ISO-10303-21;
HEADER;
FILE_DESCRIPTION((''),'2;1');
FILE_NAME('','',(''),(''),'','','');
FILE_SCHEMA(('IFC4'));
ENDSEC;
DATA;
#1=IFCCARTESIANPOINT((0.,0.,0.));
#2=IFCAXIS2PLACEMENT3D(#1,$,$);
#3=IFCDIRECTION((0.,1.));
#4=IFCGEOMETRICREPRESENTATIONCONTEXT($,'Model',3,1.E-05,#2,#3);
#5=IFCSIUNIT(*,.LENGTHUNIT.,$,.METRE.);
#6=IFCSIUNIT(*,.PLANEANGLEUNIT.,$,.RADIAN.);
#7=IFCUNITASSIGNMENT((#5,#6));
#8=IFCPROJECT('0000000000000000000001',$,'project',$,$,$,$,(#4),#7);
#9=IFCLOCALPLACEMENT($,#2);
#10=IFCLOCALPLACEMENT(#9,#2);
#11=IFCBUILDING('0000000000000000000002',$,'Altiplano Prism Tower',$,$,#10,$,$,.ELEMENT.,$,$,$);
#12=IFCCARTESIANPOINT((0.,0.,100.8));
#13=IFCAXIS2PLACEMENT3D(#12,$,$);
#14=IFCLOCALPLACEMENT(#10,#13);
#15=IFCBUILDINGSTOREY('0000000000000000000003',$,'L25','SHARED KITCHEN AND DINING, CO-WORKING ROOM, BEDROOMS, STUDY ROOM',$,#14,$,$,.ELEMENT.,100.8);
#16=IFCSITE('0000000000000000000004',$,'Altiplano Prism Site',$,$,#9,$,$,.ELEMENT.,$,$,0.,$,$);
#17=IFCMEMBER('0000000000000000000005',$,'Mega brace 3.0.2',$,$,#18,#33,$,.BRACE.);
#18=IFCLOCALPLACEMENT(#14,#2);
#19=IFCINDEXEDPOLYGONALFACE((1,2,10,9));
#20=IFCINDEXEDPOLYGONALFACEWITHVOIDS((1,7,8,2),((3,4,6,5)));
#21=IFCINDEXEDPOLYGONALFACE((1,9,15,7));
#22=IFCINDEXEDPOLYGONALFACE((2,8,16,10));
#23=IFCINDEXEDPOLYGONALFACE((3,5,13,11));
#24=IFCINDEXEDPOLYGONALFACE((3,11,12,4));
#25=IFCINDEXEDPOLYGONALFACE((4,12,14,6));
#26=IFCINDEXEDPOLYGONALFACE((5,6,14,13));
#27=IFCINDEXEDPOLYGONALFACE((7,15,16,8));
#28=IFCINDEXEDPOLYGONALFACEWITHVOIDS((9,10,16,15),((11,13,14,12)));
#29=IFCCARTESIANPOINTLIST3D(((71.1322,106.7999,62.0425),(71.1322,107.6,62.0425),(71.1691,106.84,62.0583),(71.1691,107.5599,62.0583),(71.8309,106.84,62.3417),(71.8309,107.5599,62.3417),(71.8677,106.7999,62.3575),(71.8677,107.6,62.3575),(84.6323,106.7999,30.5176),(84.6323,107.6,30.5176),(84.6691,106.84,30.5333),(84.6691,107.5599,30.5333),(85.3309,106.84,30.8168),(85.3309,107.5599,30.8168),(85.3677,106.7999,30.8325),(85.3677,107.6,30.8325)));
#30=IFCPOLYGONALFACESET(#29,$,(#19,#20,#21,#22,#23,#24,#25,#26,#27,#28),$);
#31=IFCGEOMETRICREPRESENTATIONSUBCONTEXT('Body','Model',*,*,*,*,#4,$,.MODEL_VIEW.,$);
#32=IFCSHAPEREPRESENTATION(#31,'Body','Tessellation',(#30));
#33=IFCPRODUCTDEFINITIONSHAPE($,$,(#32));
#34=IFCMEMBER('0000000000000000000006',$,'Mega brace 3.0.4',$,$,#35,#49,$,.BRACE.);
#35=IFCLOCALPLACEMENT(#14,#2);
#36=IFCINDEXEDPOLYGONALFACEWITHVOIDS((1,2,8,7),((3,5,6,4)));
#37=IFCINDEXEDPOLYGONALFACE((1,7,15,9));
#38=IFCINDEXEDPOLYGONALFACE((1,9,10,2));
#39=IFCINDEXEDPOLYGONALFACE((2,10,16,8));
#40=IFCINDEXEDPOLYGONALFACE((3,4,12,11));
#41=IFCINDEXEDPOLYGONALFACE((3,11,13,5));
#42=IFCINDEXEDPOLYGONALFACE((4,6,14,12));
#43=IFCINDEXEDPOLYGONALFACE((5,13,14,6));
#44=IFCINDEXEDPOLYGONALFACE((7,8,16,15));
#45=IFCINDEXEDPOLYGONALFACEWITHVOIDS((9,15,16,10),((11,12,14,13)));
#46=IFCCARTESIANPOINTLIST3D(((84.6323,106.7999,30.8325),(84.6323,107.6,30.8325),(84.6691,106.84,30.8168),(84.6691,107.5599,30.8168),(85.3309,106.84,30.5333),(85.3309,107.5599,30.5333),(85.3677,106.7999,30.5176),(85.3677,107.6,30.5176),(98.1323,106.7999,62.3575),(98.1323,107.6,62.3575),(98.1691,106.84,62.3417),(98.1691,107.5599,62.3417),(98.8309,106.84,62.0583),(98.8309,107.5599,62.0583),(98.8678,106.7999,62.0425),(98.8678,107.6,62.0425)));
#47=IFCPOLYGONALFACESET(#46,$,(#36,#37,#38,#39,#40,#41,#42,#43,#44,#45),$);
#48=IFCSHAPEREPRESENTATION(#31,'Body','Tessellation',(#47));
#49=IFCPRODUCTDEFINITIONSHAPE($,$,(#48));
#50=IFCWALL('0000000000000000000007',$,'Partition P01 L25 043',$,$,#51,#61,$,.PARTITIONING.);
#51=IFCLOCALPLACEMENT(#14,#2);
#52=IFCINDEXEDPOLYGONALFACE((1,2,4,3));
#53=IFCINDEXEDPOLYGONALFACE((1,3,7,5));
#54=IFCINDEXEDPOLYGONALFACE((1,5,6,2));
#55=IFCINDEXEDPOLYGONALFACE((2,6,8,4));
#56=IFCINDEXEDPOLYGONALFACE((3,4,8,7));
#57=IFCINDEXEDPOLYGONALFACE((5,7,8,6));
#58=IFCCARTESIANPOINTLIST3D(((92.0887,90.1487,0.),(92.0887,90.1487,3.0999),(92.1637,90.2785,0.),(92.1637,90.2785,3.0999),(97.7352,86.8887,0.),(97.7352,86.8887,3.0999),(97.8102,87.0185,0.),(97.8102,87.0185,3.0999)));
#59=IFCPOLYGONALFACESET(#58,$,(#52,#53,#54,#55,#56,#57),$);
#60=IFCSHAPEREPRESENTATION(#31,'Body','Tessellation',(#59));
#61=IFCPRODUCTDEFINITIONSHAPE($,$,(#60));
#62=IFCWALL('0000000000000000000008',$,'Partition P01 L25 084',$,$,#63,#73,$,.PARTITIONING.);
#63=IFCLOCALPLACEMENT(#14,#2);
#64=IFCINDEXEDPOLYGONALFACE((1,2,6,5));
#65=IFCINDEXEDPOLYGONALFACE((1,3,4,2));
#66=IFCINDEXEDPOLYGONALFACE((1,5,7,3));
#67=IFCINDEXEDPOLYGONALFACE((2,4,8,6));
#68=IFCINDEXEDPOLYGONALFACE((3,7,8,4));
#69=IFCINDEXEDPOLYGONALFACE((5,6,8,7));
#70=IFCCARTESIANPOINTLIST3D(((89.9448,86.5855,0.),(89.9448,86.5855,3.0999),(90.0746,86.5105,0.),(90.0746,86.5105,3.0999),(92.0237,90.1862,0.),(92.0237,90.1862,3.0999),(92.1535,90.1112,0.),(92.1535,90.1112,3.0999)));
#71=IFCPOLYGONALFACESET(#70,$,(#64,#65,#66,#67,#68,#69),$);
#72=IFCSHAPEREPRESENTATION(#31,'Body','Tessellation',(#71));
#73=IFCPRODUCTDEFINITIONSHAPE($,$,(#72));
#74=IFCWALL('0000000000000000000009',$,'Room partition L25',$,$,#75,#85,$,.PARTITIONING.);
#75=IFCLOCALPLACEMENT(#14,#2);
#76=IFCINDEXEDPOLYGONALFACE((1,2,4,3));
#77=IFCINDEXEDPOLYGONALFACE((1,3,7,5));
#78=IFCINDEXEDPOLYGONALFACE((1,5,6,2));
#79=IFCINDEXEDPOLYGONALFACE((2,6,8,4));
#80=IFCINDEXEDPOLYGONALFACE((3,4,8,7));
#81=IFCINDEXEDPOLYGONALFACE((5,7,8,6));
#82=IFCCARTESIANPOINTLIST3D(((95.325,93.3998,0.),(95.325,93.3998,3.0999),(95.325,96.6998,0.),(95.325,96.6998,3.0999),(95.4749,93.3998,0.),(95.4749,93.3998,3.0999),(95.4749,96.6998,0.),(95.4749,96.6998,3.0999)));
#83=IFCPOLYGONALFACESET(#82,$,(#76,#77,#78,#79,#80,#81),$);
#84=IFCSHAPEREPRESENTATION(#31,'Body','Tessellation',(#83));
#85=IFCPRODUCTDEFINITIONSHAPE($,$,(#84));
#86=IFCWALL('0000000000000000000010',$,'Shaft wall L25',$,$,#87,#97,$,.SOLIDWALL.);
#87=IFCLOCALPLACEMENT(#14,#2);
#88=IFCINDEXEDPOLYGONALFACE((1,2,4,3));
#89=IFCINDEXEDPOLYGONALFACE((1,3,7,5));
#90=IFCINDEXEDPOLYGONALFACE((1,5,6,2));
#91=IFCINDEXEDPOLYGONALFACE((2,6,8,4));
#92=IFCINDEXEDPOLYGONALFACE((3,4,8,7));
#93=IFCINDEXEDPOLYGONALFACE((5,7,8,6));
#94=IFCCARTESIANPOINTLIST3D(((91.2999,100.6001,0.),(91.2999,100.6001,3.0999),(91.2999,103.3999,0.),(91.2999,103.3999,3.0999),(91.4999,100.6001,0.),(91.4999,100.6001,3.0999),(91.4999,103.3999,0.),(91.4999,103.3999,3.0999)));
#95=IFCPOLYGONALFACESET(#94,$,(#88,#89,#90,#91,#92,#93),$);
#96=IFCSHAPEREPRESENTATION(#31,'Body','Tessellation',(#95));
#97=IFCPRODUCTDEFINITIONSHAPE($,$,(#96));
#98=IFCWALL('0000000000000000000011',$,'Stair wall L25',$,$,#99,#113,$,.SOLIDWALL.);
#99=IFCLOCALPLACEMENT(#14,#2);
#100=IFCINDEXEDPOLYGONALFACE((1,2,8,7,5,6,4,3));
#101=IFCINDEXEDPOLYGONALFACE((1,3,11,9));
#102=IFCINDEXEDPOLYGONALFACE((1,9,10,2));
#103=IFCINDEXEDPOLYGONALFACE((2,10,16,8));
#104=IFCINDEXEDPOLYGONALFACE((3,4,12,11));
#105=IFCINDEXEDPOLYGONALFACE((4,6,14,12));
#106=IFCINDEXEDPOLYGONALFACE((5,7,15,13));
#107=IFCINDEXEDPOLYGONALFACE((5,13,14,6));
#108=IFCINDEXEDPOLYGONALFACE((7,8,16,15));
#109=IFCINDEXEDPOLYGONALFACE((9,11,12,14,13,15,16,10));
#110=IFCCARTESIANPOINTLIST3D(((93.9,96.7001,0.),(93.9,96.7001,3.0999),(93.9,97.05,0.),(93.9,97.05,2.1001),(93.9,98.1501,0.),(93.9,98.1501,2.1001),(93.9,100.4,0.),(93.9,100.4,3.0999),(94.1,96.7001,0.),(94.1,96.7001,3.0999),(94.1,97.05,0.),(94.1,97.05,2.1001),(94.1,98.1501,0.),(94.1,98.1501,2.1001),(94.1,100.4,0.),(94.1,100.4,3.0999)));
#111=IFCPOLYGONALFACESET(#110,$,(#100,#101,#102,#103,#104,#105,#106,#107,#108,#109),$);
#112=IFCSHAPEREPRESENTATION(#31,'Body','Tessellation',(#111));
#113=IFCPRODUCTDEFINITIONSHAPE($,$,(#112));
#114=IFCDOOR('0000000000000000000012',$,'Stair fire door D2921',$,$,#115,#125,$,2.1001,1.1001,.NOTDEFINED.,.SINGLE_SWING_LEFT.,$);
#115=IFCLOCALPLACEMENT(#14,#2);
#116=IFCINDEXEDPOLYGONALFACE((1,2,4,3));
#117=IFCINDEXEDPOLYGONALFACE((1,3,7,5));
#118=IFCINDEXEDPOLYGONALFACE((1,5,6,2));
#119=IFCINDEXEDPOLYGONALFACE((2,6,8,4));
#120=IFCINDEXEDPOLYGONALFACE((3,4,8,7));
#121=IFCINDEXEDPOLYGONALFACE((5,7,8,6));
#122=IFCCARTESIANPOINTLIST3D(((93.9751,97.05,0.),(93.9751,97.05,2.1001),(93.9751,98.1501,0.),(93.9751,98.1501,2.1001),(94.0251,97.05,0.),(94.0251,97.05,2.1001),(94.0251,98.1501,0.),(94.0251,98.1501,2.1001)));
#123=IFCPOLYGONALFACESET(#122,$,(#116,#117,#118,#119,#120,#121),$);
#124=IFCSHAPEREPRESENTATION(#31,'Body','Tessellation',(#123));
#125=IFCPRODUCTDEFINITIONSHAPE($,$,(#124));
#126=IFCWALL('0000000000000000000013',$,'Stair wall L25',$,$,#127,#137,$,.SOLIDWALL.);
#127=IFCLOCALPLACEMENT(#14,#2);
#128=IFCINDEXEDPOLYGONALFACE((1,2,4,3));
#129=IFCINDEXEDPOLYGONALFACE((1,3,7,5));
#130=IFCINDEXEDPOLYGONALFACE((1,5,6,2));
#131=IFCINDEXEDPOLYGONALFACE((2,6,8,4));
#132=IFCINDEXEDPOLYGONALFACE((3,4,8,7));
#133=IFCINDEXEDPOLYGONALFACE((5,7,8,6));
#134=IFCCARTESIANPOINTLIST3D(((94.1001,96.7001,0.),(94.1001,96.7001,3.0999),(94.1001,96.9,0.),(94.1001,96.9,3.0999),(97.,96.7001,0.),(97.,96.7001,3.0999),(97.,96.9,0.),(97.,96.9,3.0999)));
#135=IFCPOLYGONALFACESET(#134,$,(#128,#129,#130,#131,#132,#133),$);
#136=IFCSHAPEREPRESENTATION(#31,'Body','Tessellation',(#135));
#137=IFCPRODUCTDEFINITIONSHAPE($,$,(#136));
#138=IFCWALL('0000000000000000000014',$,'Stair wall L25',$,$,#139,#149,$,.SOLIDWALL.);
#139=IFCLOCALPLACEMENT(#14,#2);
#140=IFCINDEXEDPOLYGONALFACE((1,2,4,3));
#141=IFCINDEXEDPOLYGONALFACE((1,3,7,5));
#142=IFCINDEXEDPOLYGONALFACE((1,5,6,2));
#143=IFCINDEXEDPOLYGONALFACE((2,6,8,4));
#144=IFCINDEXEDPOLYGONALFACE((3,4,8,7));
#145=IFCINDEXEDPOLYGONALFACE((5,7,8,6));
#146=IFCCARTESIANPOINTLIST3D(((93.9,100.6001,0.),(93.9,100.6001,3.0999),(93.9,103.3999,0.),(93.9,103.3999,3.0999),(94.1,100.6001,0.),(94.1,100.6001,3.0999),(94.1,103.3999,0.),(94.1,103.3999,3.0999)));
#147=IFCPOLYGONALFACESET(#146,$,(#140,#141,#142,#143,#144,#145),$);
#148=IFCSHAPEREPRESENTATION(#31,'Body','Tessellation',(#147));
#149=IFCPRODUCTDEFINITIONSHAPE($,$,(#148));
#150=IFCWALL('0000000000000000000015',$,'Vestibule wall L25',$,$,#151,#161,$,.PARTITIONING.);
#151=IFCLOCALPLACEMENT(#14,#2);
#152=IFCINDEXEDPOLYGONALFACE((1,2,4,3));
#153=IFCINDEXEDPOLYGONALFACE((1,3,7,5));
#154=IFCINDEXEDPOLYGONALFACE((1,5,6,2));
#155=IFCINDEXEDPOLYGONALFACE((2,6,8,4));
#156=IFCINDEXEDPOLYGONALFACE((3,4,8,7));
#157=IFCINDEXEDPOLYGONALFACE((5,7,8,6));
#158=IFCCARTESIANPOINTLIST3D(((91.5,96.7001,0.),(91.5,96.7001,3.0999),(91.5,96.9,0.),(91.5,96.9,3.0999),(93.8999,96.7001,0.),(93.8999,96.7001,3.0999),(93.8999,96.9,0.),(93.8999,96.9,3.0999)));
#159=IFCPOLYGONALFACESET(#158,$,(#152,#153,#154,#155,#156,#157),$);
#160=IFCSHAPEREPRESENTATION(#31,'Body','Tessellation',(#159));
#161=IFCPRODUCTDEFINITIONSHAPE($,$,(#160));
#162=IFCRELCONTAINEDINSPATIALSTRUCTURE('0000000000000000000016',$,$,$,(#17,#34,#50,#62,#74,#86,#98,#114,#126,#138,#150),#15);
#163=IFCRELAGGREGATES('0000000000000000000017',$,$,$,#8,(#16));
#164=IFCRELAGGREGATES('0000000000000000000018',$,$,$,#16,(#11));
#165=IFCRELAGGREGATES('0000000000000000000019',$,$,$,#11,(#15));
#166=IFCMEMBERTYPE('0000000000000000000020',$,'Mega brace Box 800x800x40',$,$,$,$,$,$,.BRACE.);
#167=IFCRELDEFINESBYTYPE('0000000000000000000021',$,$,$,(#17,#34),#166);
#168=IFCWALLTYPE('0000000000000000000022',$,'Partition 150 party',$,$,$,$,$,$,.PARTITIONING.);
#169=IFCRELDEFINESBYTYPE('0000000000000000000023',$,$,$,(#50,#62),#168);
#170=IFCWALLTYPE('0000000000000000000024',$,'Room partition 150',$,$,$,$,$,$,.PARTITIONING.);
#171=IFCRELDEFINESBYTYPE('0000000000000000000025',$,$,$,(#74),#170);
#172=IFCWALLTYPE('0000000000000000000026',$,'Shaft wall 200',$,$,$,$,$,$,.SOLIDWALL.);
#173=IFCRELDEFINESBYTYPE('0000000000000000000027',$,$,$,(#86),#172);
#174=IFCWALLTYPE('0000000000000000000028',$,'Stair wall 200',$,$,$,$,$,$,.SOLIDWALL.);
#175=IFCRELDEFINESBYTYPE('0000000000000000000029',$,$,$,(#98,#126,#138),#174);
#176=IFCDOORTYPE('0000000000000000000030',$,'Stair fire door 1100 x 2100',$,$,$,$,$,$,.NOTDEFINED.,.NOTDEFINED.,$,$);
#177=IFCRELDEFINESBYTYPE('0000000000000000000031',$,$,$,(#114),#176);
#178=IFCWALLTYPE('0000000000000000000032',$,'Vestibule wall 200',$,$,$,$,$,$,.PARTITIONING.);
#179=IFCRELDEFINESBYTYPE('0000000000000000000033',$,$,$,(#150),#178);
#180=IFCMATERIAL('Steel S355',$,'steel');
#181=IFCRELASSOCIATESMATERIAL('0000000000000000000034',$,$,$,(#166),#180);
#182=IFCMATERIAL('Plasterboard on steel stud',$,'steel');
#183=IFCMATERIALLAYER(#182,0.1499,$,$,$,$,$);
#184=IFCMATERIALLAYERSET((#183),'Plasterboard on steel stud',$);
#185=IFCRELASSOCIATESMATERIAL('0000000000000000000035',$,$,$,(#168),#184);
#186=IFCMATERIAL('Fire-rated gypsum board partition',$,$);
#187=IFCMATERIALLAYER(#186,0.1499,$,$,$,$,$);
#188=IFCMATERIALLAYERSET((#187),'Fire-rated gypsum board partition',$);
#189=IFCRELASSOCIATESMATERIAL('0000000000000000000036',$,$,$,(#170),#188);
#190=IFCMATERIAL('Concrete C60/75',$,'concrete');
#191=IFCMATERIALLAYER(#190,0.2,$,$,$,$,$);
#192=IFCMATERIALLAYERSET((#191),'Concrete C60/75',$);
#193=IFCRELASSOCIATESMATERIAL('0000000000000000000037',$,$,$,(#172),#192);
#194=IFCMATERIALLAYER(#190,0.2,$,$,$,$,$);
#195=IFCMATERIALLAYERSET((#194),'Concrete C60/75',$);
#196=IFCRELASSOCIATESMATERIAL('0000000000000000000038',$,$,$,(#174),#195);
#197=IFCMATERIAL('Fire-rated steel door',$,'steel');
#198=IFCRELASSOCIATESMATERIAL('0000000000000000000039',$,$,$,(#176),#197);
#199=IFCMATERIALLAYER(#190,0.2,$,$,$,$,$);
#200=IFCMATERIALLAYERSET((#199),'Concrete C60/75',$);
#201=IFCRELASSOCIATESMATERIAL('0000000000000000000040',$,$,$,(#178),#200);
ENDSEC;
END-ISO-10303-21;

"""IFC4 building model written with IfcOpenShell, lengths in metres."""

from ifc_helpers import new_model, si_unit, direction, frame, frame_2d, origin, origin_2d, place, context, subcontext, project, spatial, rectangle, hollow_rectangle, extrude, material, layer, layer_set, material_profile, profile_set, type_object, element, fill, save


model = new_model("IFC4")

# Units and contexts
model_context = context("Model", 3, precision=1e-05, world=origin(), true_north=direction((0.0, 1.0)))
body_context = subcontext(model_context, "Body", "Model", "MODEL_VIEW")
ifc_project = project(units=[si_unit("LENGTHUNIT", "METRE"), si_unit("PLANEANGLEUNIT", "RADIAN")], contexts=[model_context])

# Site, building, storey
site_placement = place(None, origin())
site = spatial("IfcSite", under=ifc_project, at=site_placement, Name="Altiplano Prism Site", CompositionType="ELEMENT", RefElevation=0.0)
building_placement = place(site_placement, origin())
building = spatial("IfcBuilding", under=site, at=building_placement, Name="Altiplano Prism Tower", CompositionType="ELEMENT")
storey_placement = place(building_placement, frame((0.0, 0.0, 100.8)))
storey = spatial("IfcBuildingStorey", under=building, at=storey_placement, Name="L25", Description="SHARED KITCHEN AND DINING, CO-WORKING ROOM, BEDROOMS, STUDY ROOM", CompositionType="ELEMENT", Elevation=100.8)

# Members
ifc_material_1 = material(Name="Steel S355", Category="steel")
ifc_material_profile = material_profile(ifc_material_1, hollow_rectangle(XDim=0.8, YDim=0.8, WallThickness=0.04, at=origin_2d()), Name="Mega brace Box 800x800x40")
ifc_profile_set = profile_set([ifc_material_profile], Name="Steel S355")
member_type = type_object("IfcMemberType", Name="Mega brace Box 800x800x40", PredefinedType="BRACE", material=ifc_profile_set)
for number, where, z_axis, x_axis, name in (
    (1, (85.0, 107.2, 30.675), (-0.393656, 0.0, 0.919258), (0.0, -1.0, 0.0), "Mega brace 3.0.2"),
    (2, (85.0, 107.2, 30.675), (0.393656, 0.0, 0.919258), (0.0, 1.0, 0.0), "Mega brace 3.0.4"),
):
    element("IfcMember", number, at=place(storey_placement, frame(where, z_axis=z_axis, x_axis=x_axis)), inside=storey, type_object=member_type, Name=name, PredefinedType="BRACE", context=body_context, shape_type="SweptSolid", body=[
        extrude(hollow_rectangle(XDim=0.8, YDim=0.8, WallThickness=0.04, at=origin_2d()), origin(), (0.0, 0.0, 1.0), 34.2939),
    ])

# Walls
ifc_material_2 = material(Name="Plasterboard on steel stud", Category="steel")
ifc_layer_1 = layer(ifc_material_2, 0.1499)
ifc_layer_set_1 = layer_set([ifc_layer_1], Name="Plasterboard on steel stud")
wall_type_1 = type_object("IfcWallType", Name="Partition 150 party", PredefinedType="PARTITIONING", material=ifc_layer_set_1)
wall_1_placement = place(storey_placement, frame((92.1262, 90.2136, 0.0), z_axis=(0.0, 0.0, 1.0), x_axis=(0.866025, -0.500001, 0.0)))
element("IfcWall", 3, at=wall_1_placement, inside=storey, type_object=wall_type_1, Name="Partition P01 L25 043", PredefinedType="PARTITIONING", context=body_context, shape_type="SweptSolid", body=[
    extrude(rectangle(XDim=6.52, YDim=0.1499, at=frame_2d((3.26, 0.0))), origin(), (0.0, 0.0, 1.0), 3.0999),
])
wall_2_placement = place(storey_placement, frame((92.0886, 90.1487, 0.0), z_axis=(0.0, 0.0, 1.0), x_axis=(-0.50001, -0.866019, 0.0)))
element("IfcWall", 4, at=wall_2_placement, inside=storey, type_object=wall_type_1, Name="Partition P01 L25 084", PredefinedType="PARTITIONING", context=body_context, shape_type="SweptSolid", body=[
    extrude(rectangle(XDim=4.1577, YDim=0.1499, at=frame_2d((2.0789, 0.0))), origin(), (0.0, 0.0, 1.0), 3.0999),
])
ifc_material_3 = material(Name="Fire-rated gypsum board partition")
ifc_layer_2 = layer(ifc_material_3, 0.1499)
ifc_layer_set_2 = layer_set([ifc_layer_2], Name="Fire-rated gypsum board partition")
wall_type_2 = type_object("IfcWallType", Name="Room partition 150", PredefinedType="PARTITIONING", material=ifc_layer_set_2)
wall_3_placement = place(storey_placement, frame((95.3999, 93.3999, 0.0), z_axis=(0.0, 0.0, 1.0), x_axis=(0.0, 1.0, 0.0)))
element("IfcWall", 5, at=wall_3_placement, inside=storey, type_object=wall_type_2, Name="Room partition L25", PredefinedType="PARTITIONING", context=body_context, shape_type="SweptSolid", body=[
    extrude(rectangle(XDim=3.3, YDim=0.1499, at=frame_2d((1.6499, 0.0))), origin(), (0.0, 0.0, 1.0), 3.0999),
])
ifc_material_4 = material(Name="Concrete C60/75", Category="concrete")
ifc_layer_3 = layer(ifc_material_4, 0.2)
ifc_layer_set_3 = layer_set([ifc_layer_3], Name="Concrete C60/75")
wall_type_3 = type_object("IfcWallType", Name="Shaft wall 200", PredefinedType="SOLIDWALL", material=ifc_layer_set_3)
wall_4_placement = place(storey_placement, frame((91.3999, 100.6001, 0.0), z_axis=(0.0, 0.0, 1.0), x_axis=(0.0, 1.0, 0.0)))
element("IfcWall", 6, at=wall_4_placement, inside=storey, type_object=wall_type_3, Name="Shaft wall L25", PredefinedType="SOLIDWALL", context=body_context, shape_type="SweptSolid", body=[
    extrude(rectangle(XDim=2.7998, YDim=0.2, at=frame_2d((1.3999, 0.0))), origin(), (0.0, 0.0, 1.0), 3.0999),
])

# Wall, opening, door
ifc_layer_4 = layer(ifc_material_4, 0.2)
ifc_layer_set_4 = layer_set([ifc_layer_4], Name="Concrete C60/75")
wall_type_4 = type_object("IfcWallType", Name="Stair wall 200", PredefinedType="SOLIDWALL", material=ifc_layer_set_4)
wall_5_placement = place(storey_placement, frame((94.0, 96.7, 0.0), z_axis=(0.0, 0.0, 1.0), x_axis=(0.0, 1.0, 0.0)))
wall_5 = element("IfcWall", 7, at=wall_5_placement, inside=storey, type_object=wall_type_4, Name="Stair wall L25", PredefinedType="SOLIDWALL", context=body_context, shape_type="SweptSolid", body=[
    extrude(rectangle(XDim=3.7, YDim=0.2, at=frame_2d((1.8501, 0.0))), origin(), (0.0, 0.0, 1.0), 3.0999),
])
opening_placement = place(wall_5_placement, frame((0.3501, 0.0, 0.0)))
opening = element("IfcOpeningElement", 8, at=opening_placement, cuts=wall_5, PredefinedType="OPENING", context=body_context, shape_type="SweptSolid", body=[
    extrude(rectangle(XDim=1.1001, YDim=2.1001, at=frame_2d((0.55, 1.05))), frame((0.0, 0.1104, 0.0), z_axis=(0.0, -1.0, 0.0), x_axis=(1.0, 0.0, 0.0)), (0.0, 0.0, 1.0), 0.2209),
])
ifc_material_5 = material(Name="Fire-rated steel door", Category="steel")
door_type = type_object("IfcDoorType", Name="Stair fire door 1100 x 2100", OperationType="NOTDEFINED", PredefinedType="NOTDEFINED", material=ifc_material_5)
door_placement = place(opening_placement, origin())
door = element("IfcDoor", 9, at=door_placement, inside=storey, type_object=door_type, Name="Stair fire door D2921", OperationType="SINGLE_SWING_LEFT", OverallHeight=2.1001, OverallWidth=1.1001, PredefinedType="NOTDEFINED", context=body_context, shape_type="SweptSolid", body=[
    extrude(rectangle(XDim=1.1001, YDim=2.1001, at=frame_2d((0.55, 1.05))), frame((0.0, 0.0249, 0.0), z_axis=(0.0, -1.0, 0.0), x_axis=(1.0, 0.0, 0.0)), (0.0, 0.0, 1.0), 0.05),
])
fill(opening, door)

# Walls
wall_6_placement = place(storey_placement, frame((94.1001, 96.8, 0.0), z_axis=(0.0, 0.0, 1.0), x_axis=(1.0, 0.0, 0.0)))
element("IfcWall", 10, at=wall_6_placement, inside=storey, type_object=wall_type_4, Name="Stair wall L25", PredefinedType="SOLIDWALL", context=body_context, shape_type="SweptSolid", body=[
    extrude(rectangle(XDim=2.8999, YDim=0.2, at=frame_2d((1.45, 0.0))), origin(), (0.0, 0.0, 1.0), 3.0999),
])
wall_7_placement = place(storey_placement, frame((94.0, 100.6001, 0.0), z_axis=(0.0, 0.0, 1.0), x_axis=(0.0, 1.0, 0.0)))
element("IfcWall", 11, at=wall_7_placement, inside=storey, type_object=wall_type_4, Name="Stair wall L25", PredefinedType="SOLIDWALL", context=body_context, shape_type="SweptSolid", body=[
    extrude(rectangle(XDim=2.7998, YDim=0.2, at=frame_2d((1.3999, 0.0))), origin(), (0.0, 0.0, 1.0), 3.0999),
])
ifc_layer_5 = layer(ifc_material_4, 0.2)
ifc_layer_set_5 = layer_set([ifc_layer_5], Name="Concrete C60/75")
wall_type_5 = type_object("IfcWallType", Name="Vestibule wall 200", PredefinedType="PARTITIONING", material=ifc_layer_set_5)
wall_8_placement = place(storey_placement, frame((91.5, 96.8, 0.0), z_axis=(0.0, 0.0, 1.0), x_axis=(1.0, 0.0, 0.0)))
element("IfcWall", 12, at=wall_8_placement, inside=storey, type_object=wall_type_5, Name="Vestibule wall L25", PredefinedType="PARTITIONING", context=body_context, shape_type="SweptSolid", body=[
    extrude(rectangle(XDim=2.3999, YDim=0.2, at=frame_2d((1.2, 0.0))), origin(), (0.0, 0.0, 1.0), 3.0999),
])

save(model, "model.ifc")
